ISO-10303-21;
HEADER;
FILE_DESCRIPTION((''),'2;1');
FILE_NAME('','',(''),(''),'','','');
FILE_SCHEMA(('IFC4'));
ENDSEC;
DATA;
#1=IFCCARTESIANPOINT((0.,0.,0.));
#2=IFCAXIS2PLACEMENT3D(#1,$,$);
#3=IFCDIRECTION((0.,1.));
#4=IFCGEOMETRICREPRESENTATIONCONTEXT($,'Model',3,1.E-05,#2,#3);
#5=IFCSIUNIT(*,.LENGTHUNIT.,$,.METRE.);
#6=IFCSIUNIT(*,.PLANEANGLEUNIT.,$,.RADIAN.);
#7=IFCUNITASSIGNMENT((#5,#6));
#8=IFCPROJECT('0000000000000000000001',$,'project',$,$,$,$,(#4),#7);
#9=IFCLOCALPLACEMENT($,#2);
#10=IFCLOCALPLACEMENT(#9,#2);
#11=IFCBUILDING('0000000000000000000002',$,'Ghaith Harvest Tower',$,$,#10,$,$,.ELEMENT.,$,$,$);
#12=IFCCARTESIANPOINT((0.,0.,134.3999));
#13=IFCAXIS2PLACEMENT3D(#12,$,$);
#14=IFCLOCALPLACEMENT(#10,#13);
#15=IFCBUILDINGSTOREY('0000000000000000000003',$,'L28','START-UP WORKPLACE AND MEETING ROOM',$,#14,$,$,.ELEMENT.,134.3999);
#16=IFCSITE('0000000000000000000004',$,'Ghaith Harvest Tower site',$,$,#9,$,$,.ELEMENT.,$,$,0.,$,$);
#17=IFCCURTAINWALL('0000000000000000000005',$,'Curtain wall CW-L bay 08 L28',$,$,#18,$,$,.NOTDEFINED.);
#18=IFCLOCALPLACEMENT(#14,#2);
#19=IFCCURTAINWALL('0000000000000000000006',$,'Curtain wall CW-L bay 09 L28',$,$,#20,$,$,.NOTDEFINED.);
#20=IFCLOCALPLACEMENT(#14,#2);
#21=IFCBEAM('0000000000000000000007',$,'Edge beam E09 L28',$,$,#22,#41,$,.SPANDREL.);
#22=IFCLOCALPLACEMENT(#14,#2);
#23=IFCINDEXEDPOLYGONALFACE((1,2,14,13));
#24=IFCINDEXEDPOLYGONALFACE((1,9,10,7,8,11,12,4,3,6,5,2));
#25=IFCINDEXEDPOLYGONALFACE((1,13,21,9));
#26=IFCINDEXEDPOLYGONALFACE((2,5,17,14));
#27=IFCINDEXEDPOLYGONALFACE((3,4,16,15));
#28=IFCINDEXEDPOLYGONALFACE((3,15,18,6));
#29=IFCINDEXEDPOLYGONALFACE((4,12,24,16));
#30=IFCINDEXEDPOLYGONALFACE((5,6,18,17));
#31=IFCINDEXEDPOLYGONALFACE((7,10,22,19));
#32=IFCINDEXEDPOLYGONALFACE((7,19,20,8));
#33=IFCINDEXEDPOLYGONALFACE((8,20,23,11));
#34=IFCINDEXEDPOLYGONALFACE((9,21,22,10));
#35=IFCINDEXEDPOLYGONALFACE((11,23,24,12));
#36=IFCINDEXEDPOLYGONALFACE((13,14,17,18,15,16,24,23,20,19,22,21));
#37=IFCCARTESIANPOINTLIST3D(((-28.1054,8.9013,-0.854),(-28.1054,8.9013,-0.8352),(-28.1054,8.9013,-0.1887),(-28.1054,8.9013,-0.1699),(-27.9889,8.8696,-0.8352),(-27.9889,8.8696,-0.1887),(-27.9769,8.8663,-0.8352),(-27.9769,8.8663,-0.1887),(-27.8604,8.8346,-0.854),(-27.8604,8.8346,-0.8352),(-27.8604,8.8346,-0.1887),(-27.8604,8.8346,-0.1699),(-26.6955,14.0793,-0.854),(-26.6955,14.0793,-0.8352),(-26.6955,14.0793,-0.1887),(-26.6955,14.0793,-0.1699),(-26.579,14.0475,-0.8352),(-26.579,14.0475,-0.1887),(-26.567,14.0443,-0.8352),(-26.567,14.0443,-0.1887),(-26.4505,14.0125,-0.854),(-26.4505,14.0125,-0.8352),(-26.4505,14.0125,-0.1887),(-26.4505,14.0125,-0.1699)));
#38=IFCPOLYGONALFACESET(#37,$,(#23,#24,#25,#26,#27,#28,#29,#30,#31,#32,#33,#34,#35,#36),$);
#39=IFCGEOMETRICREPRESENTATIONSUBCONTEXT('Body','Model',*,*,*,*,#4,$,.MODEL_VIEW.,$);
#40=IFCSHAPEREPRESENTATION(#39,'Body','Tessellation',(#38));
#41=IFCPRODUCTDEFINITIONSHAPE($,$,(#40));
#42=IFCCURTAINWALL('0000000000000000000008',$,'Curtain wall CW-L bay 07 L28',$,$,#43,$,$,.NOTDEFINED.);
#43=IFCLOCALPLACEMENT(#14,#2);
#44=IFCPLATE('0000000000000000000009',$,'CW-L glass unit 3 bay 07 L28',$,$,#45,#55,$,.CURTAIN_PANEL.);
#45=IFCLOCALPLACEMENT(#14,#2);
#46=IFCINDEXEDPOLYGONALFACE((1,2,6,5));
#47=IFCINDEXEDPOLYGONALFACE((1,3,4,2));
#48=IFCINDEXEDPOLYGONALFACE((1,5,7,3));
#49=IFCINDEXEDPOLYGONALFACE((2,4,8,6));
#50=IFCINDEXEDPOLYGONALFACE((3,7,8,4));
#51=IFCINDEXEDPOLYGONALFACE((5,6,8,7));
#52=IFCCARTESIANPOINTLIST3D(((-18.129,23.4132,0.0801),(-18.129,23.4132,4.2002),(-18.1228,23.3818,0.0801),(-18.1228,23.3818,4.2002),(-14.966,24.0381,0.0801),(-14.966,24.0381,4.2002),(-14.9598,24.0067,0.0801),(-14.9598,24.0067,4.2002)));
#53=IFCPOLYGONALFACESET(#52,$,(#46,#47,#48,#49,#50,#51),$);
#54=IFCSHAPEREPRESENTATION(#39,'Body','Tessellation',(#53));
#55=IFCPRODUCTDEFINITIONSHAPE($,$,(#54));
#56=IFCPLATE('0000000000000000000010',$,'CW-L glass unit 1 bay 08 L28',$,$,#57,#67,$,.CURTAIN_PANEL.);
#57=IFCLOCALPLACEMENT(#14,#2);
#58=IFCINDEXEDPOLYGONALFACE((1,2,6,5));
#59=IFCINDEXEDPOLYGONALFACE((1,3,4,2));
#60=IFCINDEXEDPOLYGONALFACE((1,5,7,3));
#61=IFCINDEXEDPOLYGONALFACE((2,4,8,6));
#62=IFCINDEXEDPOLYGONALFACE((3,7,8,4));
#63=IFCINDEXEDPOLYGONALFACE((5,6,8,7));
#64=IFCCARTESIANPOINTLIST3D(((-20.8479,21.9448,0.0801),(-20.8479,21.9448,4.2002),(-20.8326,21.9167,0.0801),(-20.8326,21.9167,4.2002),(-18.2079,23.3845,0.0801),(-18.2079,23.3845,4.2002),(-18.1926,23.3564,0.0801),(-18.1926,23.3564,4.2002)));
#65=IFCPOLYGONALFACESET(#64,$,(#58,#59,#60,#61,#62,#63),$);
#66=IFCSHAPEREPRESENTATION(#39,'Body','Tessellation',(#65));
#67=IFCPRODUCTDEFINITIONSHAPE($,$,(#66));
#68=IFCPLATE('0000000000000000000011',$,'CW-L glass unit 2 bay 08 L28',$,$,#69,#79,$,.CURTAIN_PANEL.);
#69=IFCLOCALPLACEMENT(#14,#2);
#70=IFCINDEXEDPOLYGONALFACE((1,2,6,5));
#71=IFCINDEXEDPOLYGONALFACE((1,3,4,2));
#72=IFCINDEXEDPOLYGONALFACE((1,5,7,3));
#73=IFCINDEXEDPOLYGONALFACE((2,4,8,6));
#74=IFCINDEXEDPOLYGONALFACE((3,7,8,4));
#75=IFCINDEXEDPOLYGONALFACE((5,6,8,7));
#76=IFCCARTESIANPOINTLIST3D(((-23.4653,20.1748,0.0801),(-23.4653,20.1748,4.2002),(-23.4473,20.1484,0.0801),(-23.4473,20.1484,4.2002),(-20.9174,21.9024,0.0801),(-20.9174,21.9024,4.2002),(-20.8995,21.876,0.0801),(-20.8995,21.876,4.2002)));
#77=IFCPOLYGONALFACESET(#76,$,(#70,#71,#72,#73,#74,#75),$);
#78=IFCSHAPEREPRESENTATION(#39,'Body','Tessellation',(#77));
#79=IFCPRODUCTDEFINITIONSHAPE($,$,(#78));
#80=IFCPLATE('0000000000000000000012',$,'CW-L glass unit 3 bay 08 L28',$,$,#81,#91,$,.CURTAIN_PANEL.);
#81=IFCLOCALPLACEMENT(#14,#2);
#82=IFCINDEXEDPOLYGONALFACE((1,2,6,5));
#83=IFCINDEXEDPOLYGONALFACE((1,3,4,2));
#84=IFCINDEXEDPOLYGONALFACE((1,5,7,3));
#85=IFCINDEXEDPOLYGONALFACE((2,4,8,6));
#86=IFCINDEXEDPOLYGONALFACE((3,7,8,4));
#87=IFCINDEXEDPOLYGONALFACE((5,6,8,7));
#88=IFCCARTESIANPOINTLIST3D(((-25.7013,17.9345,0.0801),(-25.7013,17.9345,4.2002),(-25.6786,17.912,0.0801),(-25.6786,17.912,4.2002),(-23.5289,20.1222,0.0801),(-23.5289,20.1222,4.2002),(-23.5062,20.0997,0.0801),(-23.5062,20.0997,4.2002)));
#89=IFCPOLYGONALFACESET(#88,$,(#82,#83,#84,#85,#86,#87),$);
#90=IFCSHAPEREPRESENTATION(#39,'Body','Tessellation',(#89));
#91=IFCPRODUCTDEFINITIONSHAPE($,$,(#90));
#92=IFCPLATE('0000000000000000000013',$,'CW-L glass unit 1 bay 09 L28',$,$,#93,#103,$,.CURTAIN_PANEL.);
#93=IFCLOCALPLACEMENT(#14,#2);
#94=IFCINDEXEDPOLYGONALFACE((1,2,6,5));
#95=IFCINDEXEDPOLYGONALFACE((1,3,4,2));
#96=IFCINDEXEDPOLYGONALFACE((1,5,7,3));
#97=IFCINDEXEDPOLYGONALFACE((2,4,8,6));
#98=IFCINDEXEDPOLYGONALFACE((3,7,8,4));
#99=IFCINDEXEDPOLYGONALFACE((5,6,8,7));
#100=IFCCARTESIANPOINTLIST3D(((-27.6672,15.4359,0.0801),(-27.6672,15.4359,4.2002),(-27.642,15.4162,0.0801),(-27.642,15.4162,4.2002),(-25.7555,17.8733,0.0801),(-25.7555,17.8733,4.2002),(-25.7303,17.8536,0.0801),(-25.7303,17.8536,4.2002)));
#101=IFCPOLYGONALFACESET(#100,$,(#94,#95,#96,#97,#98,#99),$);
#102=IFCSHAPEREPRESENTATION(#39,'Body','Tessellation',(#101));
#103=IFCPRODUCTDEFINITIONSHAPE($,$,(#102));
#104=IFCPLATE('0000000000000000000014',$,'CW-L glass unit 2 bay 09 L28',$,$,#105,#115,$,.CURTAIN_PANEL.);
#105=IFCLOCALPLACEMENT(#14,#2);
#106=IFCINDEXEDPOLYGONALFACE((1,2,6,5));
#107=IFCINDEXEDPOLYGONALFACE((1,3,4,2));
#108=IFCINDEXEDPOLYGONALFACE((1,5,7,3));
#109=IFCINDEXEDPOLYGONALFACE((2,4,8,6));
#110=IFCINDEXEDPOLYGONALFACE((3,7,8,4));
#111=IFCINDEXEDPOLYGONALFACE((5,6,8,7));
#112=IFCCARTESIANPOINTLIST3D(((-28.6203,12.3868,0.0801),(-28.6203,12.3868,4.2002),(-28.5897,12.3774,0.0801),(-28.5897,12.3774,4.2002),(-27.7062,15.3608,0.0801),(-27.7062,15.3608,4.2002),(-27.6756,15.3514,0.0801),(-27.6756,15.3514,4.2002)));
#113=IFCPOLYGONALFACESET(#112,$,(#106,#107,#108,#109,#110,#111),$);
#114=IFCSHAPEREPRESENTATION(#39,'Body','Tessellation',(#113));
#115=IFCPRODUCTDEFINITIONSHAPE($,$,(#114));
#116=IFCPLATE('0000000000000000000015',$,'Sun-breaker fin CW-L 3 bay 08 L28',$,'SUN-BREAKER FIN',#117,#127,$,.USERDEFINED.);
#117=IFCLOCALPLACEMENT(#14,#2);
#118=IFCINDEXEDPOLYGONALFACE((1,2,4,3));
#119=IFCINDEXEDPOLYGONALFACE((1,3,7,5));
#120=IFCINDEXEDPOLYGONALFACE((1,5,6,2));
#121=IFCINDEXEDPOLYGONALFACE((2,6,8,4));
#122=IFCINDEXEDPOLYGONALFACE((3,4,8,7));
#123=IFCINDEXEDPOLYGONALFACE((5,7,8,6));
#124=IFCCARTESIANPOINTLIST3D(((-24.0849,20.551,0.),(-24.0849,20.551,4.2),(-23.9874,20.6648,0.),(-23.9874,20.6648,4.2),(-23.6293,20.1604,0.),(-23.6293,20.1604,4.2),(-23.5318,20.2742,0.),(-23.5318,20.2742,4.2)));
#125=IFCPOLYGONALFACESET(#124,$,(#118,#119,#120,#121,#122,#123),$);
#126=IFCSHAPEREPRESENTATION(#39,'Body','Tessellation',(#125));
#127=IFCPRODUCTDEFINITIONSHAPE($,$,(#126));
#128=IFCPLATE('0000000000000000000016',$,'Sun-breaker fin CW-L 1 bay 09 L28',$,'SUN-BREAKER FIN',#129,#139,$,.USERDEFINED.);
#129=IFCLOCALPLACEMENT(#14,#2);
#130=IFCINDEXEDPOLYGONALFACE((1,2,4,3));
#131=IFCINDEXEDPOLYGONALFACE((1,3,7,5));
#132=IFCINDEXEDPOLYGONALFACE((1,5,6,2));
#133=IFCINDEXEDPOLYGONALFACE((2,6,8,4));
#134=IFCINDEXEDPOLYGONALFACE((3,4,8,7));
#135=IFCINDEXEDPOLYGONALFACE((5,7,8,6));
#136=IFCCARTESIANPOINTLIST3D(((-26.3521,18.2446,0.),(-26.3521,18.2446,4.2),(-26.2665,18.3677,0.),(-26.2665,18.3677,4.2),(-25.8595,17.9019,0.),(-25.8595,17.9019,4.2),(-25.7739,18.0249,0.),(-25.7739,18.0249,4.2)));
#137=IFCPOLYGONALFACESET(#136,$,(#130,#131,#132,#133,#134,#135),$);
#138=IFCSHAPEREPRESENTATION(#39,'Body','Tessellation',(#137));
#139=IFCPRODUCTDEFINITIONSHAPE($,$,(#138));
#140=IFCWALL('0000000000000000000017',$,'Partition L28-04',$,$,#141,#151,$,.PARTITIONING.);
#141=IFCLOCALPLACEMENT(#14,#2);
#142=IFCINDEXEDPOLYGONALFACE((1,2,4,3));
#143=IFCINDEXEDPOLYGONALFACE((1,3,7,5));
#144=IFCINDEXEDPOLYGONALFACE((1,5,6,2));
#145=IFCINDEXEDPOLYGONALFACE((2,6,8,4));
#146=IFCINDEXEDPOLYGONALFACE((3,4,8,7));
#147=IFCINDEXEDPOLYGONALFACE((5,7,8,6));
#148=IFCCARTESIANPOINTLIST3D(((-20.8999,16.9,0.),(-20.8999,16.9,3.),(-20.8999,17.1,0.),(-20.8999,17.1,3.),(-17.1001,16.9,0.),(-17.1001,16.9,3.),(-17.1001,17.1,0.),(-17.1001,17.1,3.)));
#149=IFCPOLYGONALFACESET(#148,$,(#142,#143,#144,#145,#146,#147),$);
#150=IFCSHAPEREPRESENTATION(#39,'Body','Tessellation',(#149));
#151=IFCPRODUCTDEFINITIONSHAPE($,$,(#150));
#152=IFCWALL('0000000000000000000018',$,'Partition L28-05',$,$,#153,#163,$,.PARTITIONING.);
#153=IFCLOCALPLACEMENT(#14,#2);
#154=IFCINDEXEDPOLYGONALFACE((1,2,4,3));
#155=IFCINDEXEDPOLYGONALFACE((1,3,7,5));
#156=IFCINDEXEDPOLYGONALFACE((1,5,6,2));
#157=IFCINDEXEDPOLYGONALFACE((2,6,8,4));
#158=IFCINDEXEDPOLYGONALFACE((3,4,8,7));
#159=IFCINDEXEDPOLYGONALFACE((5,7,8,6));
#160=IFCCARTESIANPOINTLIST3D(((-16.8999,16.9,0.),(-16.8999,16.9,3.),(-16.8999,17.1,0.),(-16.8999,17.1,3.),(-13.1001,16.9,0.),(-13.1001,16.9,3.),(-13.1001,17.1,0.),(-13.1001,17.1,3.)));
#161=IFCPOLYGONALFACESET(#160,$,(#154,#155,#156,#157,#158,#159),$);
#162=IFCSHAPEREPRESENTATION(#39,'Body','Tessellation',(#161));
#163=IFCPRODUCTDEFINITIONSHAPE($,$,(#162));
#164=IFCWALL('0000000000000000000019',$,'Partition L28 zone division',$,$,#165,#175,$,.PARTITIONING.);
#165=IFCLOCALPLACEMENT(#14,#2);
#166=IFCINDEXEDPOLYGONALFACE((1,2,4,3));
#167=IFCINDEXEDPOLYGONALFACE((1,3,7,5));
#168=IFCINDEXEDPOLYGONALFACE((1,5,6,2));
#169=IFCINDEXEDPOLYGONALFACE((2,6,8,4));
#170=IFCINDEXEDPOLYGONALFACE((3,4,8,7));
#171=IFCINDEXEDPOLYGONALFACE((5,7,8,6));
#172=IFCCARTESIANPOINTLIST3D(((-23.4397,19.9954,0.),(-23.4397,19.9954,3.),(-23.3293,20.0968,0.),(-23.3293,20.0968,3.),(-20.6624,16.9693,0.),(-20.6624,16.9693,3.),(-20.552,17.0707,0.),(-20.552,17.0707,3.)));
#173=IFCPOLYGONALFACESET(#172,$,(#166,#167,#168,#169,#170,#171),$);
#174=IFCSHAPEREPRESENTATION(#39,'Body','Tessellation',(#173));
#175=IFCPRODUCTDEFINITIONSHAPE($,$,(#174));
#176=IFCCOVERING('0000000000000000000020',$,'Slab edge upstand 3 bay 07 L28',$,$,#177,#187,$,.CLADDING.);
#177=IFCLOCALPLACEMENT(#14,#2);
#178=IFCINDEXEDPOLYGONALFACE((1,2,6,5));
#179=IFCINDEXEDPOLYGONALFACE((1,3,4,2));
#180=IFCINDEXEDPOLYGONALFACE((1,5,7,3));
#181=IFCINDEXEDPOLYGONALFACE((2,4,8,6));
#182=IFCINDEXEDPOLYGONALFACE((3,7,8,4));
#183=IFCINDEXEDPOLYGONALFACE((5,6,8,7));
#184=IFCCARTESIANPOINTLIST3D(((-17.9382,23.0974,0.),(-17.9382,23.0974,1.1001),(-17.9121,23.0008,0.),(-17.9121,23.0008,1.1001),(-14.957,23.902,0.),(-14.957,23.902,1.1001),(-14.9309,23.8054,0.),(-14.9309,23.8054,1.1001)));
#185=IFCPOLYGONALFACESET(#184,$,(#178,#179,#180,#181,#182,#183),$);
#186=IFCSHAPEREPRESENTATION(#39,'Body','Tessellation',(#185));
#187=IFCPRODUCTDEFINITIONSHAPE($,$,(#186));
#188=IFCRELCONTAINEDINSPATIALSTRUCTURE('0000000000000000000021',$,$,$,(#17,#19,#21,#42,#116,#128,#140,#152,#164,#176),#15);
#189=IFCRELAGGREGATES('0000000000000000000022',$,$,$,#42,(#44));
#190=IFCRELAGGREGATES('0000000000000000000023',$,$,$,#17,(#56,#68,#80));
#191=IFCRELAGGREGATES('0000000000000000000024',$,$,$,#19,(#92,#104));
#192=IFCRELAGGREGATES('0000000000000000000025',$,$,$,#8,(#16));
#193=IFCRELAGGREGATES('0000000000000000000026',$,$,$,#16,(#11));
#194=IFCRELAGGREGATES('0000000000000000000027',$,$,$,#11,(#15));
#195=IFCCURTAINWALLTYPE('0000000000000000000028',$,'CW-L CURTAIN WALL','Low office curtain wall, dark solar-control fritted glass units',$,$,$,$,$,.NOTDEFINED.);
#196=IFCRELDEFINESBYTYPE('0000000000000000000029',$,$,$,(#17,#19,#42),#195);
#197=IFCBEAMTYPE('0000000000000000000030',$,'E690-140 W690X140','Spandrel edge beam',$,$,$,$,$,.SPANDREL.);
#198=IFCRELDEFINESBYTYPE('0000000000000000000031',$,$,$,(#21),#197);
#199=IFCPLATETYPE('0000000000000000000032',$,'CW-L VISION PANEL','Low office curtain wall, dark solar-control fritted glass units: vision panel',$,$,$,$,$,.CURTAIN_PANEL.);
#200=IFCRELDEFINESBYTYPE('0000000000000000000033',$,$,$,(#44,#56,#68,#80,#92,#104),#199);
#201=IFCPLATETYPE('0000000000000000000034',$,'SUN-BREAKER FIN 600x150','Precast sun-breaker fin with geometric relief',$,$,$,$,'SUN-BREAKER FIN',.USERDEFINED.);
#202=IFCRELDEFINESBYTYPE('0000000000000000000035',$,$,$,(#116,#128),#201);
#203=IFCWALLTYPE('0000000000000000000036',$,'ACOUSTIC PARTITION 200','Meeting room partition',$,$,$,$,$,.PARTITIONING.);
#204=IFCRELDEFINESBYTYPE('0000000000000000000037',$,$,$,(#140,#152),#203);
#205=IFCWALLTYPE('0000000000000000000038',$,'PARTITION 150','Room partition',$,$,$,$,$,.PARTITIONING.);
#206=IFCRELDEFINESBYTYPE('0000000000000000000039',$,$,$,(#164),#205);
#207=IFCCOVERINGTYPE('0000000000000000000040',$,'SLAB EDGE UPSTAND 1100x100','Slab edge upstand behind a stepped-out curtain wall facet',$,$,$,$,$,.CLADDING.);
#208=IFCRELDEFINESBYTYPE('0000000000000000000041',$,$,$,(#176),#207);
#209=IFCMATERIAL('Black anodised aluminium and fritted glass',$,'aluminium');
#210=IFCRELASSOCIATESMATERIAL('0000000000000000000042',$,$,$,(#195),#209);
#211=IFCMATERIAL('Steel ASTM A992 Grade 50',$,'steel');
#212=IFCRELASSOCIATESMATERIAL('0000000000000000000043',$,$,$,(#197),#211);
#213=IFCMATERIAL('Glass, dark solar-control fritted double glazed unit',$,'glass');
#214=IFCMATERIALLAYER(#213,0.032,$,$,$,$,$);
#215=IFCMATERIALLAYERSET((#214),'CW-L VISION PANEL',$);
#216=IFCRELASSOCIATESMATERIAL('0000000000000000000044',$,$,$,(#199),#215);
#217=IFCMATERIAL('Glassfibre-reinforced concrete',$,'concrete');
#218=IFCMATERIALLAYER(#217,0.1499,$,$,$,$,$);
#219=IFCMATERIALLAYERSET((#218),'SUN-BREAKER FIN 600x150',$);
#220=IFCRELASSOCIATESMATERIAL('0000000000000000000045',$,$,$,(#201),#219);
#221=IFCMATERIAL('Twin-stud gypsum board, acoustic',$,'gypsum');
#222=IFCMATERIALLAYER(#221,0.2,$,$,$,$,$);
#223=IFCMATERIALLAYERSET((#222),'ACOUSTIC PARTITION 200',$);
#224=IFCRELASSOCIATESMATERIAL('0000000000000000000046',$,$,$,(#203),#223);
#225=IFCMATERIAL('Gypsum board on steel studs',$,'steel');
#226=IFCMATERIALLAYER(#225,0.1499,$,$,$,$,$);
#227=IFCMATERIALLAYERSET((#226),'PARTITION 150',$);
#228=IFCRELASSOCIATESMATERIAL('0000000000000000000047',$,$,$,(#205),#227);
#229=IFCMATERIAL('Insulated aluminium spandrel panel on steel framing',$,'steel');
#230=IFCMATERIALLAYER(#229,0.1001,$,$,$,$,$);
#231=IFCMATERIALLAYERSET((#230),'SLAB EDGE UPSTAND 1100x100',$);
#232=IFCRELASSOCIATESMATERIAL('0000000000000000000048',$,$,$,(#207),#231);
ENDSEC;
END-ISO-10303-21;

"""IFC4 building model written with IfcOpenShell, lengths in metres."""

from ifc_helpers import new_model, si_unit, direction, frame, frame_2d, origin, origin_2d, place, context, subcontext, project, spatial, rectangle, i_section, extrude, material, layer, layer_set, material_profile, profile_set, type_object, element, aggregate, save


model = new_model("IFC4")

# Units and contexts
model_context = context("Model", 3, precision=1e-05, world=origin(), true_north=direction((0.0, 1.0)))
body_context = subcontext(model_context, "Body", "Model", "MODEL_VIEW")
ifc_project = project(units=[si_unit("LENGTHUNIT", "METRE"), si_unit("PLANEANGLEUNIT", "RADIAN")], contexts=[model_context])

# Site, building, storey
site_placement = place(None, origin())
site = spatial("IfcSite", under=ifc_project, at=site_placement, Name="Ghaith Harvest Tower site", CompositionType="ELEMENT", RefElevation=0.0)
building_placement = place(site_placement, origin())
building = spatial("IfcBuilding", under=site, at=building_placement, Name="Ghaith Harvest Tower", CompositionType="ELEMENT")
storey_placement = place(building_placement, frame((0.0, 0.0, 134.3999)))
storey = spatial("IfcBuildingStorey", under=building, at=storey_placement, Name="L28", Description="START-UP WORKPLACE AND MEETING ROOM", CompositionType="ELEMENT", Elevation=134.3999)

# Curtain walls
ifc_material_1 = material(Name="Black anodised aluminium and fritted glass", Category="aluminium")
curtain_wall_type = type_object("IfcCurtainWallType", Name="CW-L CURTAIN WALL", Description="Low office curtain wall, dark solar-control fritted glass units", PredefinedType="NOTDEFINED", material=ifc_material_1)
curtain_wall_1_placement = place(storey_placement, origin())
curtain_wall_1 = element("IfcCurtainWall", 1, at=curtain_wall_1_placement, inside=storey, type_object=curtain_wall_type, Name="Curtain wall CW-L bay 08 L28", PredefinedType="NOTDEFINED")
curtain_wall_2_placement = place(storey_placement, origin())
curtain_wall_2 = element("IfcCurtainWall", 2, at=curtain_wall_2_placement, inside=storey, type_object=curtain_wall_type, Name="Curtain wall CW-L bay 09 L28", PredefinedType="NOTDEFINED")

# Beam
ifc_material_2 = material(Name="Steel ASTM A992 Grade 50", Category="steel")
ifc_material_profile_1 = material_profile(ifc_material_2, i_section(OverallWidth=0.2539, OverallDepth=0.6841, WebThickness=0.0125, FlangeThickness=0.0188, at=origin_2d()), Name="W690X140")
ifc_profile_set_1 = profile_set([ifc_material_profile_1], Name="Steel ASTM A992 Grade 50")
beam_type = type_object("IfcBeamType", Name="E690-140 W690X140", Description="Spandrel edge beam", PredefinedType="SPANDREL", material=ifc_profile_set_1)
beam_1_placement = place(storey_placement, frame((-26.573, 14.0459, -0.512), z_axis=(-0.262725, -0.964871, 0.0), x_axis=(0.964871, -0.262725, 0.0)))
element("IfcBeam", 3, at=beam_1_placement, inside=storey, type_object=beam_type, Name="Edge beam E09 L28", PredefinedType="SPANDREL", context=body_context, shape_type="SweptSolid", body=[
    extrude(i_section(OverallWidth=0.2539, OverallDepth=0.6841, WebThickness=0.0125, FlangeThickness=0.0188, at=origin_2d()), origin(), (0.0, 0.0, 1.0), 5.3665),
])

# Curtain wall, plate
curtain_wall_3_placement = place(storey_placement, origin())
curtain_wall_3 = element("IfcCurtainWall", 4, at=curtain_wall_3_placement, inside=storey, type_object=curtain_wall_type, Name="Curtain wall CW-L bay 07 L28", PredefinedType="NOTDEFINED")
ifc_material_3 = material(Name="Glass, dark solar-control fritted double glazed unit", Category="glass")
ifc_layer_1 = layer(ifc_material_3, 0.032)
ifc_layer_set_1 = layer_set([ifc_layer_1], Name="CW-L VISION PANEL")
plate_type_1 = type_object("IfcPlateType", Name="CW-L VISION PANEL", Description="Low office curtain wall, dark solar-control fritted glass units: vision panel", PredefinedType="CURTAIN_PANEL", material=ifc_layer_set_1)
plate_1_placement = place(storey_placement, frame((-16.5444, 23.71, 0.0801), z_axis=(0.0, 0.0, 1.0), x_axis=(-0.981038, -0.193818, 0.0)))
plate_1 = element("IfcPlate", 5, at=plate_1_placement, type_object=plate_type_1, Name="CW-L glass unit 3 bay 07 L28", PredefinedType="CURTAIN_PANEL", context=body_context, shape_type="SweptSolid", body=[
    extrude(rectangle(XDim=3.2241, YDim=0.032, at=origin_2d()), origin(), (0.0, 0.0, 1.0), 4.1201),
])
aggregate(curtain_wall_3, [plate_1])

# Plates
plate_2_placement = place(storey_placement, frame((-19.5203, 22.6506, 0.0801), z_axis=(0.0, 0.0, 1.0), x_axis=(-0.87794, -0.47877, 0.0)))
plate_2 = element("IfcPlate", 6, at=plate_2_placement, type_object=plate_type_1, Name="CW-L glass unit 1 bay 08 L28", PredefinedType="CURTAIN_PANEL", context=body_context, shape_type="SweptSolid", body=[
    extrude(rectangle(XDim=3.0071, YDim=0.032, at=origin_2d()), origin(), (0.0, 0.0, 1.0), 4.1201),
])
plate_3_placement = place(storey_placement, frame((-22.1824, 21.0254, 0.0801), z_axis=(0.0, 0.0, 1.0), x_axis=(-0.827675, -0.561208, 0.0)))
plate_3 = element("IfcPlate", 7, at=plate_3_placement, type_object=plate_type_1, Name="CW-L glass unit 2 bay 08 L28", PredefinedType="CURTAIN_PANEL", context=body_context, shape_type="SweptSolid", body=[
    extrude(rectangle(XDim=3.0784, YDim=0.032, at=origin_2d()), origin(), (0.0, 0.0, 1.0), 4.1201),
])
plate_4_placement = place(storey_placement, frame((-24.6038, 19.0171, 0.0801), z_axis=(0.0, 0.0, 1.0), x_axis=(-0.704614, -0.709591, 0.0)))
plate_4 = element("IfcPlate", 8, at=plate_4_placement, type_object=plate_type_1, Name="CW-L glass unit 3 bay 08 L28", PredefinedType="CURTAIN_PANEL", context=body_context, shape_type="SweptSolid", body=[
    extrude(rectangle(XDim=3.083, YDim=0.032, at=origin_2d()), origin(), (0.0, 0.0, 1.0), 4.1201),
])
aggregate(curtain_wall_1, [plate_2, plate_3, plate_4])
plate_5_placement = place(storey_placement, frame((-26.6987, 16.6448, 0.0801), z_axis=(0.0, 0.0, 1.0), x_axis=(-0.617141, -0.786853, 0.0)))
plate_5 = element("IfcPlate", 9, at=plate_5_placement, type_object=plate_type_1, Name="CW-L glass unit 1 bay 09 L28", PredefinedType="CURTAIN_PANEL", context=body_context, shape_type="SweptSolid", body=[
    extrude(rectangle(XDim=3.0977, YDim=0.032, at=origin_2d()), origin(), (0.0, 0.0, 1.0), 4.1201),
])
plate_6_placement = place(storey_placement, frame((-28.1479, 13.8691, 0.0801), z_axis=(0.0, 0.0, 1.0), x_axis=(-0.293803, -0.955866, 0.0)))
plate_6 = element("IfcPlate", 10, at=plate_6_placement, type_object=plate_type_1, Name="CW-L glass unit 2 bay 09 L28", PredefinedType="CURTAIN_PANEL", context=body_context, shape_type="SweptSolid", body=[
    extrude(rectangle(XDim=3.1113, YDim=0.032, at=origin_2d()), origin(), (0.0, 0.0, 1.0), 4.1201),
])
aggregate(curtain_wall_2, [plate_5, plate_6])

# Plates
ifc_material_4 = material(Name="Glassfibre-reinforced concrete", Category="concrete")
ifc_layer_2 = layer(ifc_material_4, 0.1499)
ifc_layer_set_2 = layer_set([ifc_layer_2], Name="SUN-BREAKER FIN 600x150")
plate_type_2 = type_object("IfcPlateType", Name="SUN-BREAKER FIN 600x150", Description="Precast sun-breaker fin with geometric relief", ElementType="SUN-BREAKER FIN", PredefinedType="USERDEFINED", material=ifc_layer_set_2)
for number, where, z_axis, x_axis, name in (
    (11, (-23.8083, 20.4126, 0.0), (0.0, 0.0, 1.0), (-0.75917, 0.650893, 0.0), "Sun-breaker fin CW-L 3 bay 08 L28"),
    (12, (-26.063, 18.1348, 0.0), (0.0, 0.0, 1.0), (-0.820845, 0.57115, 0.0), "Sun-breaker fin CW-L 1 bay 09 L28"),
):
    element("IfcPlate", number, at=place(storey_placement, frame(where, z_axis=z_axis, x_axis=x_axis)), inside=storey, type_object=plate_type_2, Name=name, ObjectType="SUN-BREAKER FIN", PredefinedType="USERDEFINED", context=body_context, shape_type="SweptSolid", body=[
        extrude(rectangle(XDim=0.6001, YDim=0.1499, at=origin_2d()), origin(), (0.0, 0.0, 1.0), 4.2),
    ])

# Walls
ifc_material_5 = material(Name="Twin-stud gypsum board, acoustic", Category="gypsum")
ifc_layer_3 = layer(ifc_material_5, 0.2)
ifc_layer_set_3 = layer_set([ifc_layer_3], Name="ACOUSTIC PARTITION 200")
wall_type_1 = type_object("IfcWallType", Name="ACOUSTIC PARTITION 200", Description="Meeting room partition", PredefinedType="PARTITIONING", material=ifc_layer_set_3)
for number, where, z_axis, x_axis, name in (
    (13, (-20.8999, 17.0, 0.0), (0.0, 0.0, 1.0), (1.0, 0.0, 0.0), "Partition L28-04"),
    (14, (-16.8999, 17.0, 0.0), (0.0, 0.0, 1.0), (1.0, 0.0, 0.0), "Partition L28-05"),
):
    element("IfcWall", number, at=place(storey_placement, frame(where, z_axis=z_axis, x_axis=x_axis)), inside=storey, type_object=wall_type_1, Name=name, PredefinedType="PARTITIONING", context=body_context, shape_type="SweptSolid", body=[
        extrude(rectangle(XDim=3.7998, YDim=0.2, at=frame_2d((1.8999, 0.0))), origin(), (0.0, 0.0, 1.0), 3.0),
    ])
ifc_material_6 = material(Name="Gypsum board on steel studs", Category="steel")
ifc_layer_4 = layer(ifc_material_6, 0.1499)
ifc_layer_set_4 = layer_set([ifc_layer_4], Name="PARTITION 150")
wall_type_2 = type_object("IfcWallType", Name="PARTITION 150", Description="Room partition", PredefinedType="PARTITIONING", material=ifc_layer_set_4)
wall_placement = place(storey_placement, frame((-20.6072, 17.02, 0.0), z_axis=(0.0, 0.0, 1.0), x_axis=(-0.676174, 0.736742, 0.0)))
element("IfcWall", 15, at=wall_placement, inside=storey, type_object=wall_type_2, Name="Partition L28 zone division", PredefinedType="PARTITIONING", context=body_context, shape_type="SweptSolid", body=[
    extrude(rectangle(XDim=4.1074, YDim=0.1499, at=frame_2d((2.0537, 0.0))), origin(), (0.0, 0.0, 1.0), 3.0),
])

# Covering
ifc_material_7 = material(Name="Insulated aluminium spandrel panel on steel framing", Category="steel")
ifc_layer_5 = layer(ifc_material_7, 0.1001)
ifc_layer_set_5 = layer_set([ifc_layer_5], Name="SLAB EDGE UPSTAND 1100x100")
covering_type = type_object("IfcCoveringType", Name="SLAB EDGE UPSTAND 1100x100", Description="Slab edge upstand behind a stepped-out curtain wall facet", PredefinedType="CLADDING", material=ifc_layer_set_5)
covering_1_placement = place(storey_placement, frame((-16.4346, 23.4514, 0.0), z_axis=(0.0, 0.0, 1.0), x_axis=(-0.965455, -0.26057, 0.0)))
element("IfcCovering", 16, at=covering_1_placement, inside=storey, type_object=covering_type, Name="Slab edge upstand 3 bay 07 L28", PredefinedType="CLADDING", context=body_context, shape_type="SweptSolid", body=[
    extrude(rectangle(XDim=3.0879, YDim=0.1001, at=origin_2d()), origin(), (0.0, 0.0, 1.0), 1.1001),
])

save(model, "model.ifc")
